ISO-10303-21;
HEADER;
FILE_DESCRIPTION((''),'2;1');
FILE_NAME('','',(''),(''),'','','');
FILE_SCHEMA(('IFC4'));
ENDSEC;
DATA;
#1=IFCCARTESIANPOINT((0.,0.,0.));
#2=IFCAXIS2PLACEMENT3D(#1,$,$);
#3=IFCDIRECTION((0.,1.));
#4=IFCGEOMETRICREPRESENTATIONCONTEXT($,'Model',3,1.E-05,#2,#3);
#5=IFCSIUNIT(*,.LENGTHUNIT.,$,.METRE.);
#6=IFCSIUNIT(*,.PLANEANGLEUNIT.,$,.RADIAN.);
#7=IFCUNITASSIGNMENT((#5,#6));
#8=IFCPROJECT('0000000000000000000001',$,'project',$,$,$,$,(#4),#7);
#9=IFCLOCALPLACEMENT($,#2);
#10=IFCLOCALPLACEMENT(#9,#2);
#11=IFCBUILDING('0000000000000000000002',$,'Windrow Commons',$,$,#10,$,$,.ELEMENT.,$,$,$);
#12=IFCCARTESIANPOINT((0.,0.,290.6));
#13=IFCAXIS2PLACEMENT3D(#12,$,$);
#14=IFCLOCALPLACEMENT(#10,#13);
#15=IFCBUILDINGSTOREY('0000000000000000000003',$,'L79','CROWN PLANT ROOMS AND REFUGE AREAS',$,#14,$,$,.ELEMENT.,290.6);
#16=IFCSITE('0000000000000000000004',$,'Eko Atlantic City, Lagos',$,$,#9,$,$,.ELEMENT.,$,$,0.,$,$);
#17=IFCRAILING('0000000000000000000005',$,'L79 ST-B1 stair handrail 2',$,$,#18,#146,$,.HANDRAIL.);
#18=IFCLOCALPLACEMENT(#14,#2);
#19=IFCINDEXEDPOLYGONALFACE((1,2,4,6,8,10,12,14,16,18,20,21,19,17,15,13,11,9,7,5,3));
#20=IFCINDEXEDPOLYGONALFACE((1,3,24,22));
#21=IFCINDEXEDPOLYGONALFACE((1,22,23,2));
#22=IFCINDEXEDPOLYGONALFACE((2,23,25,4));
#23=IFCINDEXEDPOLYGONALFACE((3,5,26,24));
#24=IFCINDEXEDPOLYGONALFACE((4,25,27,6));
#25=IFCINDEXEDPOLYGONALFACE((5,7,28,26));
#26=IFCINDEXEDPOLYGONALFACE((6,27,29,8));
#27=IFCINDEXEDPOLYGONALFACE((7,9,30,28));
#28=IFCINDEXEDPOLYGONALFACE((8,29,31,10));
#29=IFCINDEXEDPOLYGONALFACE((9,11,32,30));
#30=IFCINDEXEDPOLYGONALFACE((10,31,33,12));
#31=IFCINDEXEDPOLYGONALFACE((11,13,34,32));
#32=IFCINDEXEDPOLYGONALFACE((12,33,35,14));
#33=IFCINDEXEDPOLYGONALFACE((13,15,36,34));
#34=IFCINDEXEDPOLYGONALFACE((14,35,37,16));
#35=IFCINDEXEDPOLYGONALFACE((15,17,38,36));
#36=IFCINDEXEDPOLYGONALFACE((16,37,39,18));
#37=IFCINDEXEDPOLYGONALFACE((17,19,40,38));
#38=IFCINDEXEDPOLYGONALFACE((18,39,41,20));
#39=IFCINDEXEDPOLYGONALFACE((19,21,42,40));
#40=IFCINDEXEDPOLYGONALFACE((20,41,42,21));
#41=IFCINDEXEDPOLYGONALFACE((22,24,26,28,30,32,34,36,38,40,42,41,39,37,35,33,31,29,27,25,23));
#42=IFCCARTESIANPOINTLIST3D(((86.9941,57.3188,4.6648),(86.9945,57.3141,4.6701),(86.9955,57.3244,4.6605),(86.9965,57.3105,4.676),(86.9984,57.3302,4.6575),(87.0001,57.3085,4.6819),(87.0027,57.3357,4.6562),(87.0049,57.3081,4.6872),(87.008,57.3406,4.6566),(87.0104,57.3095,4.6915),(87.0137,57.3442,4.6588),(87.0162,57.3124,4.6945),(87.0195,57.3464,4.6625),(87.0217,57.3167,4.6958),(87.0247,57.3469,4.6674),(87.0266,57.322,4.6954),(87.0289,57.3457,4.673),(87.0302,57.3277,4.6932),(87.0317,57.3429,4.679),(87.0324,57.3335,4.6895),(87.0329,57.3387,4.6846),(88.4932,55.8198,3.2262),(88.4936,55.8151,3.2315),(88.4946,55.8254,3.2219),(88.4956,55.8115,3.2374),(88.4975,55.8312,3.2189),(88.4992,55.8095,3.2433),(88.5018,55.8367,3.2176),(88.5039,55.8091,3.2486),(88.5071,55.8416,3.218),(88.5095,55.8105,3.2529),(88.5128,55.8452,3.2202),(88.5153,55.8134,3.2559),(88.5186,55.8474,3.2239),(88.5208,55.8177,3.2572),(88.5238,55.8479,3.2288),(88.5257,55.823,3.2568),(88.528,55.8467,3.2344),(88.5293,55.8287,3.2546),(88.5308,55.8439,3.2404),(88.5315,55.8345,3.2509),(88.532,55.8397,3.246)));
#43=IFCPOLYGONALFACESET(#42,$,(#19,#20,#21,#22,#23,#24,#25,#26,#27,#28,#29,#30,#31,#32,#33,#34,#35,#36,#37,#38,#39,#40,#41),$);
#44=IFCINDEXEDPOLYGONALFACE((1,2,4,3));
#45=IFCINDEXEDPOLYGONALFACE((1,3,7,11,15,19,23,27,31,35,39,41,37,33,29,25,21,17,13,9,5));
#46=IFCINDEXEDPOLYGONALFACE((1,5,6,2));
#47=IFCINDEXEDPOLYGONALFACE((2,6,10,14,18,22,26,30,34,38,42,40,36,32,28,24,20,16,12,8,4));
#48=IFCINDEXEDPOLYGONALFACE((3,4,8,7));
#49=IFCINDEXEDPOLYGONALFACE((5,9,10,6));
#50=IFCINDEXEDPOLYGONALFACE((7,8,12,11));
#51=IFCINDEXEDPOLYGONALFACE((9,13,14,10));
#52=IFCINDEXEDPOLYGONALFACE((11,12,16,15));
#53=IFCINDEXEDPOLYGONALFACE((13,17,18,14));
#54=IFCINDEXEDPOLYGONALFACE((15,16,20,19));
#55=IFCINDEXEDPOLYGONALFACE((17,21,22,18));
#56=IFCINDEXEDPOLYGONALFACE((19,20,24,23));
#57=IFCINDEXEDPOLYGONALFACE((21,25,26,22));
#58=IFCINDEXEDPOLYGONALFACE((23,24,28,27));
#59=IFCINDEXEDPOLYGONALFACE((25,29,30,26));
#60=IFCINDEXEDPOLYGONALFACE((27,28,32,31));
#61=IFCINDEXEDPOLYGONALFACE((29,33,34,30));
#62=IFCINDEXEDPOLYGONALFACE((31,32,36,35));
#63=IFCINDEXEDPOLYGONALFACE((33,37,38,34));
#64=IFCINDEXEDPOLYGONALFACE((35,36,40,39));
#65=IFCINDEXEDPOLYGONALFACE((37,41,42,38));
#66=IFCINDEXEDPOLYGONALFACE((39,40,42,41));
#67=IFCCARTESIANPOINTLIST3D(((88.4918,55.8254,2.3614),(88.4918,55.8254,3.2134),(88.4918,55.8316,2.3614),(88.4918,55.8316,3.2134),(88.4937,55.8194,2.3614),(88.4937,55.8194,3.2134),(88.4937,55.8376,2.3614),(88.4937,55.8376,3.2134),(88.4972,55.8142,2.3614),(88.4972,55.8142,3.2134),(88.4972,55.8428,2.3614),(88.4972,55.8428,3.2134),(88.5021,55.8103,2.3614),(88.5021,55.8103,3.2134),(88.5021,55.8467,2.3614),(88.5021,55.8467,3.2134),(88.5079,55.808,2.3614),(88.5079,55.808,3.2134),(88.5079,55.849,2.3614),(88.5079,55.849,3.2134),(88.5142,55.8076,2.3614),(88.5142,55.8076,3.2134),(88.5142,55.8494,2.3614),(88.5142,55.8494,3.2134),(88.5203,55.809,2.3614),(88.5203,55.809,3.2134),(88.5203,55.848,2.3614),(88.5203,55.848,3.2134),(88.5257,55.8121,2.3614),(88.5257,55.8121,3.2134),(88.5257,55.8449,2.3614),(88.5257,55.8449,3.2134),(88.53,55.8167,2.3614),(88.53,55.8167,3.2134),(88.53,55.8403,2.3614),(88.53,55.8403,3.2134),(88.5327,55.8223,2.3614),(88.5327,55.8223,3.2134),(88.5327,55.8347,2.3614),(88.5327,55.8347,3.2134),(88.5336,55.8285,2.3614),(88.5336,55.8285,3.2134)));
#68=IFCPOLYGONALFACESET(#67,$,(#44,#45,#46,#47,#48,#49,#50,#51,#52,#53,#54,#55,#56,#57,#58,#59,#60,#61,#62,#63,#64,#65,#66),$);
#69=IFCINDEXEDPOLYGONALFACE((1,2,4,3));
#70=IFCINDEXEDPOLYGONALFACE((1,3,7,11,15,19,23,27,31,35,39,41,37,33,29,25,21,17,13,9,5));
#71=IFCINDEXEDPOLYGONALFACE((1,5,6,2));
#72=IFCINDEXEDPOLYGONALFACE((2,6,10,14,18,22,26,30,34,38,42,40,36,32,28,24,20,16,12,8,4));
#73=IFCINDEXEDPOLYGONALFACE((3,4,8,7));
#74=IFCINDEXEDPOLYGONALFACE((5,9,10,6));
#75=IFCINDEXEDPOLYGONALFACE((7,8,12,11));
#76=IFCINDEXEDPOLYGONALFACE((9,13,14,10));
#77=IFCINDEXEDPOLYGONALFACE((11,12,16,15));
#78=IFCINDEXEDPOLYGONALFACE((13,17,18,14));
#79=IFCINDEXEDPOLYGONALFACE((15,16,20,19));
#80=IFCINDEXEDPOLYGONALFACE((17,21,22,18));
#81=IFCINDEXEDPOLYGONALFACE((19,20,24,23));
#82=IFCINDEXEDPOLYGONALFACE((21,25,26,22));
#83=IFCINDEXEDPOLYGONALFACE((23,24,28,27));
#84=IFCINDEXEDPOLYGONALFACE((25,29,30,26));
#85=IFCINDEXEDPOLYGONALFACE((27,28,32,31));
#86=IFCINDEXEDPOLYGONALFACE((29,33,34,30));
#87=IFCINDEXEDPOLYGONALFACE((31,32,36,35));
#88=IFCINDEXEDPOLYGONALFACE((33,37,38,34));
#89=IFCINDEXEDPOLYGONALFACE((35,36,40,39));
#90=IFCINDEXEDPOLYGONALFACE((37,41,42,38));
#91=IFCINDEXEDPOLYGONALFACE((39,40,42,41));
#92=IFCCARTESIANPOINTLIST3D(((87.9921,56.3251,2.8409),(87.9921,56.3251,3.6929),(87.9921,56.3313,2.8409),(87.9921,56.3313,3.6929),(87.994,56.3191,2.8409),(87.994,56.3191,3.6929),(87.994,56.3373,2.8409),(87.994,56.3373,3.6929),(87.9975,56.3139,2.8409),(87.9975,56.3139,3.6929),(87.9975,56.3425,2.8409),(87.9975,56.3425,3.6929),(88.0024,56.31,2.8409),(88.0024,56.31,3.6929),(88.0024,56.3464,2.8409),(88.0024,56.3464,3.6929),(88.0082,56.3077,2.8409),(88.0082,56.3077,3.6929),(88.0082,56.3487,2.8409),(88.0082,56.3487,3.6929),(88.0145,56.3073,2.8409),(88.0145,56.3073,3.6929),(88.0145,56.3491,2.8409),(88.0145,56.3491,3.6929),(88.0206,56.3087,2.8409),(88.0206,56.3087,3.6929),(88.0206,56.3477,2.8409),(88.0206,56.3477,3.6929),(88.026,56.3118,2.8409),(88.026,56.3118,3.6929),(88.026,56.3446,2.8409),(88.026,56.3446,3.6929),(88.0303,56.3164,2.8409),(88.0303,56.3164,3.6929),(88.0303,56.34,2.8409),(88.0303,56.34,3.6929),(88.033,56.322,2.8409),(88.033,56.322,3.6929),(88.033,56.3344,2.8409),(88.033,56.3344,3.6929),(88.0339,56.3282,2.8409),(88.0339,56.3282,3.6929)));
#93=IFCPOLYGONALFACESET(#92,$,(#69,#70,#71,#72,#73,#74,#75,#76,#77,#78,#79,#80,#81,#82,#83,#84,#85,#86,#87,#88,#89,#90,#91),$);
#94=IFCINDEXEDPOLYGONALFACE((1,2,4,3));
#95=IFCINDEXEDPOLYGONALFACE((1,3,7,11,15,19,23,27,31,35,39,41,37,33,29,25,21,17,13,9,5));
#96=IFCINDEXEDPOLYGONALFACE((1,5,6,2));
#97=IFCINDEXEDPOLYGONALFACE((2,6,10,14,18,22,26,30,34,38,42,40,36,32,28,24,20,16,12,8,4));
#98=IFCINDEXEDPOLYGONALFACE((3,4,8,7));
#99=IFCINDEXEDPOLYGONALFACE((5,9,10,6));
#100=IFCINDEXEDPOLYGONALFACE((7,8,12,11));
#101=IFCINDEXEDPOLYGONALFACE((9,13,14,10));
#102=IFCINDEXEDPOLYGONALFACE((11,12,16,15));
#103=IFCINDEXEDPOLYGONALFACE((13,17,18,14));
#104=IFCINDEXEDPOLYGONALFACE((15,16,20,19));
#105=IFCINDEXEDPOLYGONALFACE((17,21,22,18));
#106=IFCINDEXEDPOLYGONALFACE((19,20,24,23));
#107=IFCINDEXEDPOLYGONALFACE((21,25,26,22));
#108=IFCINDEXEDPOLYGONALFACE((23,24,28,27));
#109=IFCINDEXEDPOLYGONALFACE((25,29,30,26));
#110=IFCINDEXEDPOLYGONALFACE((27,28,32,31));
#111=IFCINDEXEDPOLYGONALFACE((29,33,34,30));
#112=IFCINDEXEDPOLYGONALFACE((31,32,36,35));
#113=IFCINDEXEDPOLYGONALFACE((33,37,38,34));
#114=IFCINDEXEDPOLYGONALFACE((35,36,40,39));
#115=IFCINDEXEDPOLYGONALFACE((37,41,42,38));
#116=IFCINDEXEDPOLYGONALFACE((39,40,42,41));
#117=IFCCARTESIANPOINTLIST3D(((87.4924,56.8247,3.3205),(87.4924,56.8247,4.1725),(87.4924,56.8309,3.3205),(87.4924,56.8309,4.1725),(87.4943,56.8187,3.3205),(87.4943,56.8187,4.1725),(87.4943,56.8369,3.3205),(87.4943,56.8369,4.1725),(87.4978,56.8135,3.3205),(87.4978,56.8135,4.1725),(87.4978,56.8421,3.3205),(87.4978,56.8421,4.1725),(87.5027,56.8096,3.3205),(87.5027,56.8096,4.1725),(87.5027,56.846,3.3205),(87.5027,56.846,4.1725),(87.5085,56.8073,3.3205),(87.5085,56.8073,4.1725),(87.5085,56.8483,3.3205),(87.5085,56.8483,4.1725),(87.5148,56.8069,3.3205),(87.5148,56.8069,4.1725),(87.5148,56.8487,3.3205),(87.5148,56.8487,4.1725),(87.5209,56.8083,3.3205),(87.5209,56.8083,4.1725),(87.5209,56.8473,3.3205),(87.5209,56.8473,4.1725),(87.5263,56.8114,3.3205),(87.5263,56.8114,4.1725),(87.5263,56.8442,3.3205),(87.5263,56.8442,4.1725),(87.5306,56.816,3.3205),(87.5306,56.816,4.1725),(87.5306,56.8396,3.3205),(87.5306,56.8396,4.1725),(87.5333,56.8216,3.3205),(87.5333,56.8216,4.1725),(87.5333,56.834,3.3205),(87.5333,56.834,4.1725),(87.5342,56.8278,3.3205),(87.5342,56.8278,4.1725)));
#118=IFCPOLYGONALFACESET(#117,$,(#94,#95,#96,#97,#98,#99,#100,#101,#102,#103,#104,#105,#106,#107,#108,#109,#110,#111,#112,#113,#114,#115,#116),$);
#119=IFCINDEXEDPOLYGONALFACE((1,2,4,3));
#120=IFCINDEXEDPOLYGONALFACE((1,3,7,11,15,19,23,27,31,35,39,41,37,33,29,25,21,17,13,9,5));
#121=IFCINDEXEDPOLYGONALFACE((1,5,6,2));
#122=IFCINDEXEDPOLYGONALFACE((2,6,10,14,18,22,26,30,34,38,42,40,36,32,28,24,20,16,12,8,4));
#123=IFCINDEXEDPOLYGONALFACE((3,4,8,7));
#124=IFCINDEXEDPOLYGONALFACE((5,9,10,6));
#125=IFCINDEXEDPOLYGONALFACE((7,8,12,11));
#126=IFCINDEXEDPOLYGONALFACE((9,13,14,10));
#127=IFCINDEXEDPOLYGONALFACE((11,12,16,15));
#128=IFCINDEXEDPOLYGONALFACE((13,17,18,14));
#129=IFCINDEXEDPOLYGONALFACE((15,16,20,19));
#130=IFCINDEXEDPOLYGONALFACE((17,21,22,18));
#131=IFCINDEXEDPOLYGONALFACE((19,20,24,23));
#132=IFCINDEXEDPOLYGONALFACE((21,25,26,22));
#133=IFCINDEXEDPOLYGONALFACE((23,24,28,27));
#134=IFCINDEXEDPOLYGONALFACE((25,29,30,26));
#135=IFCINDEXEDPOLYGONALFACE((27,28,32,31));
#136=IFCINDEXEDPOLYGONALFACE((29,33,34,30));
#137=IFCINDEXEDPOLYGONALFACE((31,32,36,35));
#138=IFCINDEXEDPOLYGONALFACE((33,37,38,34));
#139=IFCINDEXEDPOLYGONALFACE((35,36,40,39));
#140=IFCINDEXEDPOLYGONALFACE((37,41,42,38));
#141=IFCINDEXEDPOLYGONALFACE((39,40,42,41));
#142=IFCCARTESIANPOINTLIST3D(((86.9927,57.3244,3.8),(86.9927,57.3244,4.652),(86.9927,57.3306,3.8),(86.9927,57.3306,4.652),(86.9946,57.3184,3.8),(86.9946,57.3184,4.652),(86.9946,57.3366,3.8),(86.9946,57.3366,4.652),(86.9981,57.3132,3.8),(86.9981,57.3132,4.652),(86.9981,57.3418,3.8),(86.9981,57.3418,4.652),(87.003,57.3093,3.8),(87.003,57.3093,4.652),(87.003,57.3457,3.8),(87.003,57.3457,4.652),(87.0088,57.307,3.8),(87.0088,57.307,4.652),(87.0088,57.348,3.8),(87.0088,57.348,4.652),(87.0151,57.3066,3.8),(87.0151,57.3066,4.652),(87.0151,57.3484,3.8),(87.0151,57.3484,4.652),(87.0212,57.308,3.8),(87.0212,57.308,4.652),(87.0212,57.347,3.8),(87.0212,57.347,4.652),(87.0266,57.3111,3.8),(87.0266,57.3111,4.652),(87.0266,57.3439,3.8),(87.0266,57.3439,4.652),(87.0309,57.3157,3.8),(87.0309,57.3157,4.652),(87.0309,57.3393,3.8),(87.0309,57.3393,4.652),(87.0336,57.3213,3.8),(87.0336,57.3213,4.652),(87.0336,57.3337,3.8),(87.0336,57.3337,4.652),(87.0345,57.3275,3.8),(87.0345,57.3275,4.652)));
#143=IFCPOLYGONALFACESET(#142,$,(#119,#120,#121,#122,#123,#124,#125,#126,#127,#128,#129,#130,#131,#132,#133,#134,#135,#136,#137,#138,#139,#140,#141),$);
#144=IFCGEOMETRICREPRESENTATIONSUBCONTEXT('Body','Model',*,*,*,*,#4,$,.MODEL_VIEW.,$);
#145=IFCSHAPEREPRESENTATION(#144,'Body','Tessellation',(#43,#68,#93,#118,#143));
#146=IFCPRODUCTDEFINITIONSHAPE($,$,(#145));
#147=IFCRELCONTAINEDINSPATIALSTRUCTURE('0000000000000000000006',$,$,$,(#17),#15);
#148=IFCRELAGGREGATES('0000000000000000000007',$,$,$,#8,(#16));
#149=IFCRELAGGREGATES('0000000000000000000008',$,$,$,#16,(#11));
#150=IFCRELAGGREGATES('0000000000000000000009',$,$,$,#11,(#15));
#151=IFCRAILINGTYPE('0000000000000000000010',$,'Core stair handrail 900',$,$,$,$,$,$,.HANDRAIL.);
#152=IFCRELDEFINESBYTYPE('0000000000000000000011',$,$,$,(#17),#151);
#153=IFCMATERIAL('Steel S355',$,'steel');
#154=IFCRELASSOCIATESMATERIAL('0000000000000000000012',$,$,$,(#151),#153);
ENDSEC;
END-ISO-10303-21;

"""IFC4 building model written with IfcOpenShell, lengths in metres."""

from ifc_helpers import new_model, si_unit, direction, frame, origin, origin_2d, place, context, subcontext, project, spatial, circle, extrude, material, type_object, element, save


model = new_model("IFC4")

# Units and contexts
model_context = context("Model", 3, precision=1e-05, world=origin(), true_north=direction((0.0, 1.0)))
body_context = subcontext(model_context, "Body", "Model", "MODEL_VIEW")
ifc_project = project(units=[si_unit("LENGTHUNIT", "METRE"), si_unit("PLANEANGLEUNIT", "RADIAN")], contexts=[model_context])

# Site, building, storey
site_placement = place(None, origin())
site = spatial("IfcSite", under=ifc_project, at=site_placement, Name="Eko Atlantic City, Lagos", CompositionType="ELEMENT", RefElevation=0.0)
building_placement = place(site_placement, origin())
building = spatial("IfcBuilding", under=site, at=building_placement, Name="Windrow Commons", CompositionType="ELEMENT")
storey_placement = place(building_placement, frame((0.0, 0.0, 290.6)))
storey = spatial("IfcBuildingStorey", under=building, at=storey_placement, Name="L79", Description="CROWN PLANT ROOMS AND REFUGE AREAS", CompositionType="ELEMENT", Elevation=290.6)

# Railing
ifc_material_1 = material(Name="Steel S355", Category="steel")
railing_type_1 = type_object("IfcRailingType", Name="Core stair handrail 900", PredefinedType="HANDRAIL", material=ifc_material_1)
for number, where, name in (
    (1, (88.5126, 55.8285, 2.3614), "L79 ST-B1 stair handrail 2"),
):
    element("IfcRailing", number, at=place(storey_placement, frame(where)), inside=storey, type_object=railing_type_1, Name=name, PredefinedType="HANDRAIL", context=body_context, shape_type="SweptSolid", body=[
        extrude(circle(Radius=0.024, at=origin_2d()), frame((0.0, 0.0, 0.876), z_axis=(-0.585128, 0.585089, 0.561513), x_axis=(-0.707083, -0.70713, 0.0)), (0.0, 0.0, 1.0), 2.562),
        extrude(circle(Radius=0.021, at=origin_2d()), origin(), (0.0, 0.0, 1.0), 0.852),
        extrude(circle(Radius=0.021, at=origin_2d()), frame((-0.4997, 0.4997, 0.4795)), (0.0, 0.0, 1.0), 0.852),
        extrude(circle(Radius=0.021, at=origin_2d()), frame((-0.9994, 0.9993, 0.9591)), (0.0, 0.0, 1.0), 0.852),
        extrude(circle(Radius=0.021, at=origin_2d()), frame((-1.4991, 1.499, 1.4386)), (0.0, 0.0, 1.0), 0.852),
    ])

save(model, "model.ifc")
